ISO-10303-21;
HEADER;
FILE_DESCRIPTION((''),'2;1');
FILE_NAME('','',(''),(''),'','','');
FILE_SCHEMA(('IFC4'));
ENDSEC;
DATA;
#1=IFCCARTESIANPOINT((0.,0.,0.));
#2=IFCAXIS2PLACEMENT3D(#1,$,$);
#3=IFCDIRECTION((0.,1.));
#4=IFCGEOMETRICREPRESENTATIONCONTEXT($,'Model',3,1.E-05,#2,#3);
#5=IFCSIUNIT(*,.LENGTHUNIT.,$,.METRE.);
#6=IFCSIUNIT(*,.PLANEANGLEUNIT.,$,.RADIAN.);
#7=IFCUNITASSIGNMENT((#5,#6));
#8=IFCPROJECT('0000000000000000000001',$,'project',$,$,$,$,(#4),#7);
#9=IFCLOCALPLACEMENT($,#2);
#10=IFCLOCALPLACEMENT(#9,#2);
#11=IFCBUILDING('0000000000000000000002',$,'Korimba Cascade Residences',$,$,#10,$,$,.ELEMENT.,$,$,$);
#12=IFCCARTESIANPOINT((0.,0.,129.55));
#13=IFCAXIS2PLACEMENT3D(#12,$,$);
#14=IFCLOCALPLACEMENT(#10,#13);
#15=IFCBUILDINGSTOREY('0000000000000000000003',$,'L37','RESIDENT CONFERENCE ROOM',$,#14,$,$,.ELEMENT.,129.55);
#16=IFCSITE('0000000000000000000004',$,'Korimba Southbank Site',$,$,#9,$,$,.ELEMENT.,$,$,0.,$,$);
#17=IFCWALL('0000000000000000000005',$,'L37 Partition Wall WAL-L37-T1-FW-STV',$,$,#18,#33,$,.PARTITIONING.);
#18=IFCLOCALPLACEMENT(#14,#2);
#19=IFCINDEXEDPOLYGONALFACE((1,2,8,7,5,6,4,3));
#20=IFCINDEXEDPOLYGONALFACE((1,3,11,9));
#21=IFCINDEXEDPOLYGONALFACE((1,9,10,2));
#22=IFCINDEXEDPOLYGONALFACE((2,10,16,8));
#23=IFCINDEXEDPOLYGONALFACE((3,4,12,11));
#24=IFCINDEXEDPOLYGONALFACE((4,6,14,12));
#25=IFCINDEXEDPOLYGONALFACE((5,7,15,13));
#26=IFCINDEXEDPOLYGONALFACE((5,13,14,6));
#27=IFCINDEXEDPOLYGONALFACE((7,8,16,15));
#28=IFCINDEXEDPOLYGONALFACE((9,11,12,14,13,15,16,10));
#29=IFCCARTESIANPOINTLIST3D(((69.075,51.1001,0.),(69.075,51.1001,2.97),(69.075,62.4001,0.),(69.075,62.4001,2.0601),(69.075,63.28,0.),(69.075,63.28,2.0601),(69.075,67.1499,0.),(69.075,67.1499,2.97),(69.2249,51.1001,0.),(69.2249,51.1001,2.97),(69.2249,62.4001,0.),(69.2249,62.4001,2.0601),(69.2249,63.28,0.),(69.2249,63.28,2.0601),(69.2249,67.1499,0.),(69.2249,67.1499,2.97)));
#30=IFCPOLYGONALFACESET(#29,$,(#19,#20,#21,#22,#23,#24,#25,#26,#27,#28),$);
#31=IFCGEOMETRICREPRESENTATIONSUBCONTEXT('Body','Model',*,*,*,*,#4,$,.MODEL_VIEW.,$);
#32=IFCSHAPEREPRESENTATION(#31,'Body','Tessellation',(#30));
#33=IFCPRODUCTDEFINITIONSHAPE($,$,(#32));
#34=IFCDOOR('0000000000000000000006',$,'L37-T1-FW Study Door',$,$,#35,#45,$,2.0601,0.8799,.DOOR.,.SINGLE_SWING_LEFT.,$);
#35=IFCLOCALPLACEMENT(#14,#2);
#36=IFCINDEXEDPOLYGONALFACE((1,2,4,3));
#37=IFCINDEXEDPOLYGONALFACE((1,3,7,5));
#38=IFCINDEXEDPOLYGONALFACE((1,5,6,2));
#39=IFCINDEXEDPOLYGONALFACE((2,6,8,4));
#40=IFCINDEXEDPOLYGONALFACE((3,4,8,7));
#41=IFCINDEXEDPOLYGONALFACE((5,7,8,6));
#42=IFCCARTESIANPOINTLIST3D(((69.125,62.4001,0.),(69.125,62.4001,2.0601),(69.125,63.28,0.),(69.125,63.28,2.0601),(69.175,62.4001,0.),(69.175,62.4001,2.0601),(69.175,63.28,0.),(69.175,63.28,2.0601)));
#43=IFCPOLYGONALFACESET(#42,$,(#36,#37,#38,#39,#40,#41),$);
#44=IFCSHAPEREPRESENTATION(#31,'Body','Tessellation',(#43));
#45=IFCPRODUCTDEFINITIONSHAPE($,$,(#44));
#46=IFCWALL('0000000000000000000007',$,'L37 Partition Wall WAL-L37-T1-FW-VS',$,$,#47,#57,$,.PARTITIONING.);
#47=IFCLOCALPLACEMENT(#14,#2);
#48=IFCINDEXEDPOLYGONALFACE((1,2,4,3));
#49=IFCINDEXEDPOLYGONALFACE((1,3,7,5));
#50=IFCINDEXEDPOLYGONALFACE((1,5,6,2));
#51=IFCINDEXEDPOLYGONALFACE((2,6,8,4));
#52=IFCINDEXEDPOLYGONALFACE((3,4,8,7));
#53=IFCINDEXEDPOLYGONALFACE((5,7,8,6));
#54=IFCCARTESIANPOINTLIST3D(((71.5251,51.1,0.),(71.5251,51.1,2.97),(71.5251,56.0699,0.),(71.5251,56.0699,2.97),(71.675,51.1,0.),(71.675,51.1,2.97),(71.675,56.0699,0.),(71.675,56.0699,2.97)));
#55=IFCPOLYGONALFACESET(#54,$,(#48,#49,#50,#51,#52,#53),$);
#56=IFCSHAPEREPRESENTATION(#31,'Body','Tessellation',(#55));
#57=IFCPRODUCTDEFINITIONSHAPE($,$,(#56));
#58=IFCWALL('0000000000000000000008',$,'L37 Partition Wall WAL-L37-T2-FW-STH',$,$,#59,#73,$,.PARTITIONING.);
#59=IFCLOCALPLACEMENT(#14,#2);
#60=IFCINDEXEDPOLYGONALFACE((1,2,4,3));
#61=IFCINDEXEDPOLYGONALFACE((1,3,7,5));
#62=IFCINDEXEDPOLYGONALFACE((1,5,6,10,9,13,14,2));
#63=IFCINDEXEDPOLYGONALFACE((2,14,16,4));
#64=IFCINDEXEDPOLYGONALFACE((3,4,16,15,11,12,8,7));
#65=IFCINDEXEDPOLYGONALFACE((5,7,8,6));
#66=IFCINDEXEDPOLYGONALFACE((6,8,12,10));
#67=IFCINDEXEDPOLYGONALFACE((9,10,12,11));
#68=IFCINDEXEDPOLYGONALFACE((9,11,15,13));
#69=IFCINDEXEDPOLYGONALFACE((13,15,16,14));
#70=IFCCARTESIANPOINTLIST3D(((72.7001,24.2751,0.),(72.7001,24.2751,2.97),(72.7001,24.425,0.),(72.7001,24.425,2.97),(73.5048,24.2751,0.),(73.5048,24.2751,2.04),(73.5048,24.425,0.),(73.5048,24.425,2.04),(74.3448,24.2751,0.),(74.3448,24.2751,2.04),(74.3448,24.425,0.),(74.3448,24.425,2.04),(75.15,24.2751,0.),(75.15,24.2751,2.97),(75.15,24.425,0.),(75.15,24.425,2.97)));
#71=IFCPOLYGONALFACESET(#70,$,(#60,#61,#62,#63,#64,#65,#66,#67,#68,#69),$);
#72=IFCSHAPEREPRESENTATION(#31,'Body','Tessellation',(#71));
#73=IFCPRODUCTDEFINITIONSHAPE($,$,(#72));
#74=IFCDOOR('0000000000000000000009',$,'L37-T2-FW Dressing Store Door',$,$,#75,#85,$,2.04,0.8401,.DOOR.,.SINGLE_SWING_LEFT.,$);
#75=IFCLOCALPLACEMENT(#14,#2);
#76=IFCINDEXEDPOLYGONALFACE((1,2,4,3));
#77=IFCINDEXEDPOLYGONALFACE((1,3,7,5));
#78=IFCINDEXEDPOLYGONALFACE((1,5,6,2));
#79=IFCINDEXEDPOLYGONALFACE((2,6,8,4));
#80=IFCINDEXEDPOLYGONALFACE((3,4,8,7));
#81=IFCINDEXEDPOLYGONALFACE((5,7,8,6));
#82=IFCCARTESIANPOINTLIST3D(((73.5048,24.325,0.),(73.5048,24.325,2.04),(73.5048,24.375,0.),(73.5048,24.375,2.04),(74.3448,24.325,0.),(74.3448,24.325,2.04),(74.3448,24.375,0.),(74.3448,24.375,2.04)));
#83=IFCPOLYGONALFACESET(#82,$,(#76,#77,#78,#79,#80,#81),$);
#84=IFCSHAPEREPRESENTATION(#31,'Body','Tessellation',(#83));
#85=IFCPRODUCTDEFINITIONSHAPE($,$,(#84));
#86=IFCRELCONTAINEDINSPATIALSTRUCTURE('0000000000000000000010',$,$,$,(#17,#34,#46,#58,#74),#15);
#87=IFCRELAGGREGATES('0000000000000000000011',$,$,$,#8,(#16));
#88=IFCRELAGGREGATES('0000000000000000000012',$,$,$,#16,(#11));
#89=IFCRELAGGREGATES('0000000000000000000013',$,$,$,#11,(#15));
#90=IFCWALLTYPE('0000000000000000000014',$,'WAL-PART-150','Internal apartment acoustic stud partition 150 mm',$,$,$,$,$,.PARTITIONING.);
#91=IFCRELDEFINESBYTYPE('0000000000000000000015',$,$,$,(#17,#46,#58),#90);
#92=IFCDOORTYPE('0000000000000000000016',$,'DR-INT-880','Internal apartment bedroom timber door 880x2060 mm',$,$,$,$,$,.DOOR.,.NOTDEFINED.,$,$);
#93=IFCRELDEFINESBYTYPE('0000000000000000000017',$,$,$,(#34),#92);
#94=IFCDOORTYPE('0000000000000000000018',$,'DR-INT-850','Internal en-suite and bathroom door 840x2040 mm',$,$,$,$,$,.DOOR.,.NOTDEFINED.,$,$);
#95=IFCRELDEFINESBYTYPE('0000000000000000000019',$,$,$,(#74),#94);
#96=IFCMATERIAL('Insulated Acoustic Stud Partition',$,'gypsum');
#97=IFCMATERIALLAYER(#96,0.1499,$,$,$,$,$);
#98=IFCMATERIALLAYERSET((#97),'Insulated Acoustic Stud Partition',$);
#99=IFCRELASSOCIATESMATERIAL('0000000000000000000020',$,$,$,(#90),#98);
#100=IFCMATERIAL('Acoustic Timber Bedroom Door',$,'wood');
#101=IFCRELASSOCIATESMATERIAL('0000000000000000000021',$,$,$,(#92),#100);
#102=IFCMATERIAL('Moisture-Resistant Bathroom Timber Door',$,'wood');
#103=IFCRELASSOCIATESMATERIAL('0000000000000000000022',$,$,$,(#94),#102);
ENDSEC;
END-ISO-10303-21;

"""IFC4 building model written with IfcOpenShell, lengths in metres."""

from ifc_helpers import new_model, si_unit, direction, frame, frame_2d, origin, place, context, subcontext, project, spatial, rectangle, extrude, material, layer, layer_set, type_object, element, fill, save


model = new_model("IFC4")

# Units and contexts
model_context = context("Model", 3, precision=1e-05, world=origin(), true_north=direction((0.0, 1.0)))
body_context = subcontext(model_context, "Body", "Model", "MODEL_VIEW")
ifc_project = project(units=[si_unit("LENGTHUNIT", "METRE"), si_unit("PLANEANGLEUNIT", "RADIAN")], contexts=[model_context])

# Site, building, storey
site_placement = place(None, origin())
site = spatial("IfcSite", under=ifc_project, at=site_placement, Name="Korimba Southbank Site", CompositionType="ELEMENT", RefElevation=0.0)
building_placement = place(site_placement, origin())
building = spatial("IfcBuilding", under=site, at=building_placement, Name="Korimba Cascade Residences", CompositionType="ELEMENT")
storey_placement = place(building_placement, frame((0.0, 0.0, 129.55)))
storey = spatial("IfcBuildingStorey", under=building, at=storey_placement, Name="L37", Description="RESIDENT CONFERENCE ROOM", CompositionType="ELEMENT", Elevation=129.55)

# Wall, opening, door
ifc_material_1 = material(Name="Insulated Acoustic Stud Partition", Category="gypsum")
ifc_layer_1 = layer(ifc_material_1, 0.1499)
ifc_layer_set_1 = layer_set([ifc_layer_1], Name="Insulated Acoustic Stud Partition")
wall_type_1 = type_object("IfcWallType", Name="WAL-PART-150", Description="Internal apartment acoustic stud partition 150 mm", PredefinedType="PARTITIONING", material=ifc_layer_set_1)
wall_1_placement = place(storey_placement, frame((69.1499, 51.1001, 0.0), z_axis=(0.0, 0.0, 1.0), x_axis=(0.0, 1.0, 0.0)))
wall_1 = element("IfcWall", 1, at=wall_1_placement, inside=storey, type_object=wall_type_1, Name="L37 Partition Wall WAL-L37-T1-FW-STV", PredefinedType="PARTITIONING", context=body_context, shape_type="SweptSolid", body=[
    extrude(rectangle(XDim=16.0498, YDim=0.1499, at=frame_2d((8.0249, 0.0))), origin(), (0.0, 0.0, 1.0), 2.97),
])
opening_1_placement = place(wall_1_placement, frame((11.3, 0.0, 0.0)))
opening_1 = element("IfcOpeningElement", 2, at=opening_1_placement, cuts=wall_1, PredefinedType="OPENING", context=body_context, shape_type="SweptSolid", body=[
    extrude(rectangle(XDim=0.8799, YDim=2.0601, at=frame_2d((0.4399, 1.03))), frame((0.0, 0.085, 0.0), z_axis=(0.0, -1.0, 0.0), x_axis=(1.0, 0.0, 0.0)), (0.0, 0.0, 1.0), 0.1699),
])
ifc_material_2 = material(Name="Acoustic Timber Bedroom Door", Category="wood")
door_type_1 = type_object("IfcDoorType", Name="DR-INT-880", Description="Internal apartment bedroom timber door 880x2060 mm", OperationType="NOTDEFINED", PredefinedType="DOOR", material=ifc_material_2)
door_1_placement = place(opening_1_placement, origin())
door_1 = element("IfcDoor", 3, at=door_1_placement, inside=storey, type_object=door_type_1, Name="L37-T1-FW Study Door", OperationType="SINGLE_SWING_LEFT", OverallHeight=2.0601, OverallWidth=0.8799, PredefinedType="DOOR", context=body_context, shape_type="SweptSolid", body=[
    extrude(rectangle(XDim=0.8799, YDim=2.0601, at=frame_2d((0.4399, 1.03))), frame((0.0, 0.0249, 0.0), z_axis=(0.0, -1.0, 0.0), x_axis=(1.0, 0.0, 0.0)), (0.0, 0.0, 1.0), 0.05),
])
fill(opening_1, door_1)

# Wall
wall_2_placement = place(storey_placement, frame((71.6001, 51.1001, 0.0), z_axis=(0.0, 0.0, 1.0), x_axis=(0.0, 1.0, 0.0)))
element("IfcWall", 4, at=wall_2_placement, inside=storey, type_object=wall_type_1, Name="L37 Partition Wall WAL-L37-T1-FW-VS", PredefinedType="PARTITIONING", context=body_context, shape_type="SweptSolid", body=[
    extrude(rectangle(XDim=4.97, YDim=0.1499, at=frame_2d((2.4849, 0.0))), origin(), (0.0, 0.0, 1.0), 2.97),
])

# Wall, opening, door
wall_3_placement = place(storey_placement, frame((72.7, 24.3501, 0.0), z_axis=(0.0, 0.0, 1.0), x_axis=(1.0, 0.0, 0.0)))
wall_3 = element("IfcWall", 5, at=wall_3_placement, inside=storey, type_object=wall_type_1, Name="L37 Partition Wall WAL-L37-T2-FW-STH", PredefinedType="PARTITIONING", context=body_context, shape_type="SweptSolid", body=[
    extrude(rectangle(XDim=2.45, YDim=0.1499, at=frame_2d((1.2251, 0.0))), origin(), (0.0, 0.0, 1.0), 2.97),
])
opening_2_placement = place(wall_3_placement, frame((0.8049, 0.0, 0.0)))
opening_2 = element("IfcOpeningElement", 6, at=opening_2_placement, cuts=wall_3, PredefinedType="OPENING", context=body_context, shape_type="SweptSolid", body=[
    extrude(rectangle(XDim=0.8401, YDim=2.04, at=frame_2d((0.4199, 1.02))), frame((0.0, 0.085, 0.0), z_axis=(0.0, -1.0, 0.0), x_axis=(1.0, 0.0, 0.0)), (0.0, 0.0, 1.0), 0.1699),
])
ifc_material_3 = material(Name="Moisture-Resistant Bathroom Timber Door", Category="wood")
door_type_2 = type_object("IfcDoorType", Name="DR-INT-850", Description="Internal en-suite and bathroom door 840x2040 mm", OperationType="NOTDEFINED", PredefinedType="DOOR", material=ifc_material_3)
door_2_placement = place(opening_2_placement, origin())
door_2 = element("IfcDoor", 7, at=door_2_placement, inside=storey, type_object=door_type_2, Name="L37-T2-FW Dressing Store Door", OperationType="SINGLE_SWING_LEFT", OverallHeight=2.04, OverallWidth=0.8401, PredefinedType="DOOR", context=body_context, shape_type="SweptSolid", body=[
    extrude(rectangle(XDim=0.8401, YDim=2.04, at=frame_2d((0.4199, 1.02))), frame((0.0, 0.0249, 0.0), z_axis=(0.0, -1.0, 0.0), x_axis=(1.0, 0.0, 0.0)), (0.0, 0.0, 1.0), 0.05),
])
fill(opening_2, door_2)

save(model, "model.ifc")
